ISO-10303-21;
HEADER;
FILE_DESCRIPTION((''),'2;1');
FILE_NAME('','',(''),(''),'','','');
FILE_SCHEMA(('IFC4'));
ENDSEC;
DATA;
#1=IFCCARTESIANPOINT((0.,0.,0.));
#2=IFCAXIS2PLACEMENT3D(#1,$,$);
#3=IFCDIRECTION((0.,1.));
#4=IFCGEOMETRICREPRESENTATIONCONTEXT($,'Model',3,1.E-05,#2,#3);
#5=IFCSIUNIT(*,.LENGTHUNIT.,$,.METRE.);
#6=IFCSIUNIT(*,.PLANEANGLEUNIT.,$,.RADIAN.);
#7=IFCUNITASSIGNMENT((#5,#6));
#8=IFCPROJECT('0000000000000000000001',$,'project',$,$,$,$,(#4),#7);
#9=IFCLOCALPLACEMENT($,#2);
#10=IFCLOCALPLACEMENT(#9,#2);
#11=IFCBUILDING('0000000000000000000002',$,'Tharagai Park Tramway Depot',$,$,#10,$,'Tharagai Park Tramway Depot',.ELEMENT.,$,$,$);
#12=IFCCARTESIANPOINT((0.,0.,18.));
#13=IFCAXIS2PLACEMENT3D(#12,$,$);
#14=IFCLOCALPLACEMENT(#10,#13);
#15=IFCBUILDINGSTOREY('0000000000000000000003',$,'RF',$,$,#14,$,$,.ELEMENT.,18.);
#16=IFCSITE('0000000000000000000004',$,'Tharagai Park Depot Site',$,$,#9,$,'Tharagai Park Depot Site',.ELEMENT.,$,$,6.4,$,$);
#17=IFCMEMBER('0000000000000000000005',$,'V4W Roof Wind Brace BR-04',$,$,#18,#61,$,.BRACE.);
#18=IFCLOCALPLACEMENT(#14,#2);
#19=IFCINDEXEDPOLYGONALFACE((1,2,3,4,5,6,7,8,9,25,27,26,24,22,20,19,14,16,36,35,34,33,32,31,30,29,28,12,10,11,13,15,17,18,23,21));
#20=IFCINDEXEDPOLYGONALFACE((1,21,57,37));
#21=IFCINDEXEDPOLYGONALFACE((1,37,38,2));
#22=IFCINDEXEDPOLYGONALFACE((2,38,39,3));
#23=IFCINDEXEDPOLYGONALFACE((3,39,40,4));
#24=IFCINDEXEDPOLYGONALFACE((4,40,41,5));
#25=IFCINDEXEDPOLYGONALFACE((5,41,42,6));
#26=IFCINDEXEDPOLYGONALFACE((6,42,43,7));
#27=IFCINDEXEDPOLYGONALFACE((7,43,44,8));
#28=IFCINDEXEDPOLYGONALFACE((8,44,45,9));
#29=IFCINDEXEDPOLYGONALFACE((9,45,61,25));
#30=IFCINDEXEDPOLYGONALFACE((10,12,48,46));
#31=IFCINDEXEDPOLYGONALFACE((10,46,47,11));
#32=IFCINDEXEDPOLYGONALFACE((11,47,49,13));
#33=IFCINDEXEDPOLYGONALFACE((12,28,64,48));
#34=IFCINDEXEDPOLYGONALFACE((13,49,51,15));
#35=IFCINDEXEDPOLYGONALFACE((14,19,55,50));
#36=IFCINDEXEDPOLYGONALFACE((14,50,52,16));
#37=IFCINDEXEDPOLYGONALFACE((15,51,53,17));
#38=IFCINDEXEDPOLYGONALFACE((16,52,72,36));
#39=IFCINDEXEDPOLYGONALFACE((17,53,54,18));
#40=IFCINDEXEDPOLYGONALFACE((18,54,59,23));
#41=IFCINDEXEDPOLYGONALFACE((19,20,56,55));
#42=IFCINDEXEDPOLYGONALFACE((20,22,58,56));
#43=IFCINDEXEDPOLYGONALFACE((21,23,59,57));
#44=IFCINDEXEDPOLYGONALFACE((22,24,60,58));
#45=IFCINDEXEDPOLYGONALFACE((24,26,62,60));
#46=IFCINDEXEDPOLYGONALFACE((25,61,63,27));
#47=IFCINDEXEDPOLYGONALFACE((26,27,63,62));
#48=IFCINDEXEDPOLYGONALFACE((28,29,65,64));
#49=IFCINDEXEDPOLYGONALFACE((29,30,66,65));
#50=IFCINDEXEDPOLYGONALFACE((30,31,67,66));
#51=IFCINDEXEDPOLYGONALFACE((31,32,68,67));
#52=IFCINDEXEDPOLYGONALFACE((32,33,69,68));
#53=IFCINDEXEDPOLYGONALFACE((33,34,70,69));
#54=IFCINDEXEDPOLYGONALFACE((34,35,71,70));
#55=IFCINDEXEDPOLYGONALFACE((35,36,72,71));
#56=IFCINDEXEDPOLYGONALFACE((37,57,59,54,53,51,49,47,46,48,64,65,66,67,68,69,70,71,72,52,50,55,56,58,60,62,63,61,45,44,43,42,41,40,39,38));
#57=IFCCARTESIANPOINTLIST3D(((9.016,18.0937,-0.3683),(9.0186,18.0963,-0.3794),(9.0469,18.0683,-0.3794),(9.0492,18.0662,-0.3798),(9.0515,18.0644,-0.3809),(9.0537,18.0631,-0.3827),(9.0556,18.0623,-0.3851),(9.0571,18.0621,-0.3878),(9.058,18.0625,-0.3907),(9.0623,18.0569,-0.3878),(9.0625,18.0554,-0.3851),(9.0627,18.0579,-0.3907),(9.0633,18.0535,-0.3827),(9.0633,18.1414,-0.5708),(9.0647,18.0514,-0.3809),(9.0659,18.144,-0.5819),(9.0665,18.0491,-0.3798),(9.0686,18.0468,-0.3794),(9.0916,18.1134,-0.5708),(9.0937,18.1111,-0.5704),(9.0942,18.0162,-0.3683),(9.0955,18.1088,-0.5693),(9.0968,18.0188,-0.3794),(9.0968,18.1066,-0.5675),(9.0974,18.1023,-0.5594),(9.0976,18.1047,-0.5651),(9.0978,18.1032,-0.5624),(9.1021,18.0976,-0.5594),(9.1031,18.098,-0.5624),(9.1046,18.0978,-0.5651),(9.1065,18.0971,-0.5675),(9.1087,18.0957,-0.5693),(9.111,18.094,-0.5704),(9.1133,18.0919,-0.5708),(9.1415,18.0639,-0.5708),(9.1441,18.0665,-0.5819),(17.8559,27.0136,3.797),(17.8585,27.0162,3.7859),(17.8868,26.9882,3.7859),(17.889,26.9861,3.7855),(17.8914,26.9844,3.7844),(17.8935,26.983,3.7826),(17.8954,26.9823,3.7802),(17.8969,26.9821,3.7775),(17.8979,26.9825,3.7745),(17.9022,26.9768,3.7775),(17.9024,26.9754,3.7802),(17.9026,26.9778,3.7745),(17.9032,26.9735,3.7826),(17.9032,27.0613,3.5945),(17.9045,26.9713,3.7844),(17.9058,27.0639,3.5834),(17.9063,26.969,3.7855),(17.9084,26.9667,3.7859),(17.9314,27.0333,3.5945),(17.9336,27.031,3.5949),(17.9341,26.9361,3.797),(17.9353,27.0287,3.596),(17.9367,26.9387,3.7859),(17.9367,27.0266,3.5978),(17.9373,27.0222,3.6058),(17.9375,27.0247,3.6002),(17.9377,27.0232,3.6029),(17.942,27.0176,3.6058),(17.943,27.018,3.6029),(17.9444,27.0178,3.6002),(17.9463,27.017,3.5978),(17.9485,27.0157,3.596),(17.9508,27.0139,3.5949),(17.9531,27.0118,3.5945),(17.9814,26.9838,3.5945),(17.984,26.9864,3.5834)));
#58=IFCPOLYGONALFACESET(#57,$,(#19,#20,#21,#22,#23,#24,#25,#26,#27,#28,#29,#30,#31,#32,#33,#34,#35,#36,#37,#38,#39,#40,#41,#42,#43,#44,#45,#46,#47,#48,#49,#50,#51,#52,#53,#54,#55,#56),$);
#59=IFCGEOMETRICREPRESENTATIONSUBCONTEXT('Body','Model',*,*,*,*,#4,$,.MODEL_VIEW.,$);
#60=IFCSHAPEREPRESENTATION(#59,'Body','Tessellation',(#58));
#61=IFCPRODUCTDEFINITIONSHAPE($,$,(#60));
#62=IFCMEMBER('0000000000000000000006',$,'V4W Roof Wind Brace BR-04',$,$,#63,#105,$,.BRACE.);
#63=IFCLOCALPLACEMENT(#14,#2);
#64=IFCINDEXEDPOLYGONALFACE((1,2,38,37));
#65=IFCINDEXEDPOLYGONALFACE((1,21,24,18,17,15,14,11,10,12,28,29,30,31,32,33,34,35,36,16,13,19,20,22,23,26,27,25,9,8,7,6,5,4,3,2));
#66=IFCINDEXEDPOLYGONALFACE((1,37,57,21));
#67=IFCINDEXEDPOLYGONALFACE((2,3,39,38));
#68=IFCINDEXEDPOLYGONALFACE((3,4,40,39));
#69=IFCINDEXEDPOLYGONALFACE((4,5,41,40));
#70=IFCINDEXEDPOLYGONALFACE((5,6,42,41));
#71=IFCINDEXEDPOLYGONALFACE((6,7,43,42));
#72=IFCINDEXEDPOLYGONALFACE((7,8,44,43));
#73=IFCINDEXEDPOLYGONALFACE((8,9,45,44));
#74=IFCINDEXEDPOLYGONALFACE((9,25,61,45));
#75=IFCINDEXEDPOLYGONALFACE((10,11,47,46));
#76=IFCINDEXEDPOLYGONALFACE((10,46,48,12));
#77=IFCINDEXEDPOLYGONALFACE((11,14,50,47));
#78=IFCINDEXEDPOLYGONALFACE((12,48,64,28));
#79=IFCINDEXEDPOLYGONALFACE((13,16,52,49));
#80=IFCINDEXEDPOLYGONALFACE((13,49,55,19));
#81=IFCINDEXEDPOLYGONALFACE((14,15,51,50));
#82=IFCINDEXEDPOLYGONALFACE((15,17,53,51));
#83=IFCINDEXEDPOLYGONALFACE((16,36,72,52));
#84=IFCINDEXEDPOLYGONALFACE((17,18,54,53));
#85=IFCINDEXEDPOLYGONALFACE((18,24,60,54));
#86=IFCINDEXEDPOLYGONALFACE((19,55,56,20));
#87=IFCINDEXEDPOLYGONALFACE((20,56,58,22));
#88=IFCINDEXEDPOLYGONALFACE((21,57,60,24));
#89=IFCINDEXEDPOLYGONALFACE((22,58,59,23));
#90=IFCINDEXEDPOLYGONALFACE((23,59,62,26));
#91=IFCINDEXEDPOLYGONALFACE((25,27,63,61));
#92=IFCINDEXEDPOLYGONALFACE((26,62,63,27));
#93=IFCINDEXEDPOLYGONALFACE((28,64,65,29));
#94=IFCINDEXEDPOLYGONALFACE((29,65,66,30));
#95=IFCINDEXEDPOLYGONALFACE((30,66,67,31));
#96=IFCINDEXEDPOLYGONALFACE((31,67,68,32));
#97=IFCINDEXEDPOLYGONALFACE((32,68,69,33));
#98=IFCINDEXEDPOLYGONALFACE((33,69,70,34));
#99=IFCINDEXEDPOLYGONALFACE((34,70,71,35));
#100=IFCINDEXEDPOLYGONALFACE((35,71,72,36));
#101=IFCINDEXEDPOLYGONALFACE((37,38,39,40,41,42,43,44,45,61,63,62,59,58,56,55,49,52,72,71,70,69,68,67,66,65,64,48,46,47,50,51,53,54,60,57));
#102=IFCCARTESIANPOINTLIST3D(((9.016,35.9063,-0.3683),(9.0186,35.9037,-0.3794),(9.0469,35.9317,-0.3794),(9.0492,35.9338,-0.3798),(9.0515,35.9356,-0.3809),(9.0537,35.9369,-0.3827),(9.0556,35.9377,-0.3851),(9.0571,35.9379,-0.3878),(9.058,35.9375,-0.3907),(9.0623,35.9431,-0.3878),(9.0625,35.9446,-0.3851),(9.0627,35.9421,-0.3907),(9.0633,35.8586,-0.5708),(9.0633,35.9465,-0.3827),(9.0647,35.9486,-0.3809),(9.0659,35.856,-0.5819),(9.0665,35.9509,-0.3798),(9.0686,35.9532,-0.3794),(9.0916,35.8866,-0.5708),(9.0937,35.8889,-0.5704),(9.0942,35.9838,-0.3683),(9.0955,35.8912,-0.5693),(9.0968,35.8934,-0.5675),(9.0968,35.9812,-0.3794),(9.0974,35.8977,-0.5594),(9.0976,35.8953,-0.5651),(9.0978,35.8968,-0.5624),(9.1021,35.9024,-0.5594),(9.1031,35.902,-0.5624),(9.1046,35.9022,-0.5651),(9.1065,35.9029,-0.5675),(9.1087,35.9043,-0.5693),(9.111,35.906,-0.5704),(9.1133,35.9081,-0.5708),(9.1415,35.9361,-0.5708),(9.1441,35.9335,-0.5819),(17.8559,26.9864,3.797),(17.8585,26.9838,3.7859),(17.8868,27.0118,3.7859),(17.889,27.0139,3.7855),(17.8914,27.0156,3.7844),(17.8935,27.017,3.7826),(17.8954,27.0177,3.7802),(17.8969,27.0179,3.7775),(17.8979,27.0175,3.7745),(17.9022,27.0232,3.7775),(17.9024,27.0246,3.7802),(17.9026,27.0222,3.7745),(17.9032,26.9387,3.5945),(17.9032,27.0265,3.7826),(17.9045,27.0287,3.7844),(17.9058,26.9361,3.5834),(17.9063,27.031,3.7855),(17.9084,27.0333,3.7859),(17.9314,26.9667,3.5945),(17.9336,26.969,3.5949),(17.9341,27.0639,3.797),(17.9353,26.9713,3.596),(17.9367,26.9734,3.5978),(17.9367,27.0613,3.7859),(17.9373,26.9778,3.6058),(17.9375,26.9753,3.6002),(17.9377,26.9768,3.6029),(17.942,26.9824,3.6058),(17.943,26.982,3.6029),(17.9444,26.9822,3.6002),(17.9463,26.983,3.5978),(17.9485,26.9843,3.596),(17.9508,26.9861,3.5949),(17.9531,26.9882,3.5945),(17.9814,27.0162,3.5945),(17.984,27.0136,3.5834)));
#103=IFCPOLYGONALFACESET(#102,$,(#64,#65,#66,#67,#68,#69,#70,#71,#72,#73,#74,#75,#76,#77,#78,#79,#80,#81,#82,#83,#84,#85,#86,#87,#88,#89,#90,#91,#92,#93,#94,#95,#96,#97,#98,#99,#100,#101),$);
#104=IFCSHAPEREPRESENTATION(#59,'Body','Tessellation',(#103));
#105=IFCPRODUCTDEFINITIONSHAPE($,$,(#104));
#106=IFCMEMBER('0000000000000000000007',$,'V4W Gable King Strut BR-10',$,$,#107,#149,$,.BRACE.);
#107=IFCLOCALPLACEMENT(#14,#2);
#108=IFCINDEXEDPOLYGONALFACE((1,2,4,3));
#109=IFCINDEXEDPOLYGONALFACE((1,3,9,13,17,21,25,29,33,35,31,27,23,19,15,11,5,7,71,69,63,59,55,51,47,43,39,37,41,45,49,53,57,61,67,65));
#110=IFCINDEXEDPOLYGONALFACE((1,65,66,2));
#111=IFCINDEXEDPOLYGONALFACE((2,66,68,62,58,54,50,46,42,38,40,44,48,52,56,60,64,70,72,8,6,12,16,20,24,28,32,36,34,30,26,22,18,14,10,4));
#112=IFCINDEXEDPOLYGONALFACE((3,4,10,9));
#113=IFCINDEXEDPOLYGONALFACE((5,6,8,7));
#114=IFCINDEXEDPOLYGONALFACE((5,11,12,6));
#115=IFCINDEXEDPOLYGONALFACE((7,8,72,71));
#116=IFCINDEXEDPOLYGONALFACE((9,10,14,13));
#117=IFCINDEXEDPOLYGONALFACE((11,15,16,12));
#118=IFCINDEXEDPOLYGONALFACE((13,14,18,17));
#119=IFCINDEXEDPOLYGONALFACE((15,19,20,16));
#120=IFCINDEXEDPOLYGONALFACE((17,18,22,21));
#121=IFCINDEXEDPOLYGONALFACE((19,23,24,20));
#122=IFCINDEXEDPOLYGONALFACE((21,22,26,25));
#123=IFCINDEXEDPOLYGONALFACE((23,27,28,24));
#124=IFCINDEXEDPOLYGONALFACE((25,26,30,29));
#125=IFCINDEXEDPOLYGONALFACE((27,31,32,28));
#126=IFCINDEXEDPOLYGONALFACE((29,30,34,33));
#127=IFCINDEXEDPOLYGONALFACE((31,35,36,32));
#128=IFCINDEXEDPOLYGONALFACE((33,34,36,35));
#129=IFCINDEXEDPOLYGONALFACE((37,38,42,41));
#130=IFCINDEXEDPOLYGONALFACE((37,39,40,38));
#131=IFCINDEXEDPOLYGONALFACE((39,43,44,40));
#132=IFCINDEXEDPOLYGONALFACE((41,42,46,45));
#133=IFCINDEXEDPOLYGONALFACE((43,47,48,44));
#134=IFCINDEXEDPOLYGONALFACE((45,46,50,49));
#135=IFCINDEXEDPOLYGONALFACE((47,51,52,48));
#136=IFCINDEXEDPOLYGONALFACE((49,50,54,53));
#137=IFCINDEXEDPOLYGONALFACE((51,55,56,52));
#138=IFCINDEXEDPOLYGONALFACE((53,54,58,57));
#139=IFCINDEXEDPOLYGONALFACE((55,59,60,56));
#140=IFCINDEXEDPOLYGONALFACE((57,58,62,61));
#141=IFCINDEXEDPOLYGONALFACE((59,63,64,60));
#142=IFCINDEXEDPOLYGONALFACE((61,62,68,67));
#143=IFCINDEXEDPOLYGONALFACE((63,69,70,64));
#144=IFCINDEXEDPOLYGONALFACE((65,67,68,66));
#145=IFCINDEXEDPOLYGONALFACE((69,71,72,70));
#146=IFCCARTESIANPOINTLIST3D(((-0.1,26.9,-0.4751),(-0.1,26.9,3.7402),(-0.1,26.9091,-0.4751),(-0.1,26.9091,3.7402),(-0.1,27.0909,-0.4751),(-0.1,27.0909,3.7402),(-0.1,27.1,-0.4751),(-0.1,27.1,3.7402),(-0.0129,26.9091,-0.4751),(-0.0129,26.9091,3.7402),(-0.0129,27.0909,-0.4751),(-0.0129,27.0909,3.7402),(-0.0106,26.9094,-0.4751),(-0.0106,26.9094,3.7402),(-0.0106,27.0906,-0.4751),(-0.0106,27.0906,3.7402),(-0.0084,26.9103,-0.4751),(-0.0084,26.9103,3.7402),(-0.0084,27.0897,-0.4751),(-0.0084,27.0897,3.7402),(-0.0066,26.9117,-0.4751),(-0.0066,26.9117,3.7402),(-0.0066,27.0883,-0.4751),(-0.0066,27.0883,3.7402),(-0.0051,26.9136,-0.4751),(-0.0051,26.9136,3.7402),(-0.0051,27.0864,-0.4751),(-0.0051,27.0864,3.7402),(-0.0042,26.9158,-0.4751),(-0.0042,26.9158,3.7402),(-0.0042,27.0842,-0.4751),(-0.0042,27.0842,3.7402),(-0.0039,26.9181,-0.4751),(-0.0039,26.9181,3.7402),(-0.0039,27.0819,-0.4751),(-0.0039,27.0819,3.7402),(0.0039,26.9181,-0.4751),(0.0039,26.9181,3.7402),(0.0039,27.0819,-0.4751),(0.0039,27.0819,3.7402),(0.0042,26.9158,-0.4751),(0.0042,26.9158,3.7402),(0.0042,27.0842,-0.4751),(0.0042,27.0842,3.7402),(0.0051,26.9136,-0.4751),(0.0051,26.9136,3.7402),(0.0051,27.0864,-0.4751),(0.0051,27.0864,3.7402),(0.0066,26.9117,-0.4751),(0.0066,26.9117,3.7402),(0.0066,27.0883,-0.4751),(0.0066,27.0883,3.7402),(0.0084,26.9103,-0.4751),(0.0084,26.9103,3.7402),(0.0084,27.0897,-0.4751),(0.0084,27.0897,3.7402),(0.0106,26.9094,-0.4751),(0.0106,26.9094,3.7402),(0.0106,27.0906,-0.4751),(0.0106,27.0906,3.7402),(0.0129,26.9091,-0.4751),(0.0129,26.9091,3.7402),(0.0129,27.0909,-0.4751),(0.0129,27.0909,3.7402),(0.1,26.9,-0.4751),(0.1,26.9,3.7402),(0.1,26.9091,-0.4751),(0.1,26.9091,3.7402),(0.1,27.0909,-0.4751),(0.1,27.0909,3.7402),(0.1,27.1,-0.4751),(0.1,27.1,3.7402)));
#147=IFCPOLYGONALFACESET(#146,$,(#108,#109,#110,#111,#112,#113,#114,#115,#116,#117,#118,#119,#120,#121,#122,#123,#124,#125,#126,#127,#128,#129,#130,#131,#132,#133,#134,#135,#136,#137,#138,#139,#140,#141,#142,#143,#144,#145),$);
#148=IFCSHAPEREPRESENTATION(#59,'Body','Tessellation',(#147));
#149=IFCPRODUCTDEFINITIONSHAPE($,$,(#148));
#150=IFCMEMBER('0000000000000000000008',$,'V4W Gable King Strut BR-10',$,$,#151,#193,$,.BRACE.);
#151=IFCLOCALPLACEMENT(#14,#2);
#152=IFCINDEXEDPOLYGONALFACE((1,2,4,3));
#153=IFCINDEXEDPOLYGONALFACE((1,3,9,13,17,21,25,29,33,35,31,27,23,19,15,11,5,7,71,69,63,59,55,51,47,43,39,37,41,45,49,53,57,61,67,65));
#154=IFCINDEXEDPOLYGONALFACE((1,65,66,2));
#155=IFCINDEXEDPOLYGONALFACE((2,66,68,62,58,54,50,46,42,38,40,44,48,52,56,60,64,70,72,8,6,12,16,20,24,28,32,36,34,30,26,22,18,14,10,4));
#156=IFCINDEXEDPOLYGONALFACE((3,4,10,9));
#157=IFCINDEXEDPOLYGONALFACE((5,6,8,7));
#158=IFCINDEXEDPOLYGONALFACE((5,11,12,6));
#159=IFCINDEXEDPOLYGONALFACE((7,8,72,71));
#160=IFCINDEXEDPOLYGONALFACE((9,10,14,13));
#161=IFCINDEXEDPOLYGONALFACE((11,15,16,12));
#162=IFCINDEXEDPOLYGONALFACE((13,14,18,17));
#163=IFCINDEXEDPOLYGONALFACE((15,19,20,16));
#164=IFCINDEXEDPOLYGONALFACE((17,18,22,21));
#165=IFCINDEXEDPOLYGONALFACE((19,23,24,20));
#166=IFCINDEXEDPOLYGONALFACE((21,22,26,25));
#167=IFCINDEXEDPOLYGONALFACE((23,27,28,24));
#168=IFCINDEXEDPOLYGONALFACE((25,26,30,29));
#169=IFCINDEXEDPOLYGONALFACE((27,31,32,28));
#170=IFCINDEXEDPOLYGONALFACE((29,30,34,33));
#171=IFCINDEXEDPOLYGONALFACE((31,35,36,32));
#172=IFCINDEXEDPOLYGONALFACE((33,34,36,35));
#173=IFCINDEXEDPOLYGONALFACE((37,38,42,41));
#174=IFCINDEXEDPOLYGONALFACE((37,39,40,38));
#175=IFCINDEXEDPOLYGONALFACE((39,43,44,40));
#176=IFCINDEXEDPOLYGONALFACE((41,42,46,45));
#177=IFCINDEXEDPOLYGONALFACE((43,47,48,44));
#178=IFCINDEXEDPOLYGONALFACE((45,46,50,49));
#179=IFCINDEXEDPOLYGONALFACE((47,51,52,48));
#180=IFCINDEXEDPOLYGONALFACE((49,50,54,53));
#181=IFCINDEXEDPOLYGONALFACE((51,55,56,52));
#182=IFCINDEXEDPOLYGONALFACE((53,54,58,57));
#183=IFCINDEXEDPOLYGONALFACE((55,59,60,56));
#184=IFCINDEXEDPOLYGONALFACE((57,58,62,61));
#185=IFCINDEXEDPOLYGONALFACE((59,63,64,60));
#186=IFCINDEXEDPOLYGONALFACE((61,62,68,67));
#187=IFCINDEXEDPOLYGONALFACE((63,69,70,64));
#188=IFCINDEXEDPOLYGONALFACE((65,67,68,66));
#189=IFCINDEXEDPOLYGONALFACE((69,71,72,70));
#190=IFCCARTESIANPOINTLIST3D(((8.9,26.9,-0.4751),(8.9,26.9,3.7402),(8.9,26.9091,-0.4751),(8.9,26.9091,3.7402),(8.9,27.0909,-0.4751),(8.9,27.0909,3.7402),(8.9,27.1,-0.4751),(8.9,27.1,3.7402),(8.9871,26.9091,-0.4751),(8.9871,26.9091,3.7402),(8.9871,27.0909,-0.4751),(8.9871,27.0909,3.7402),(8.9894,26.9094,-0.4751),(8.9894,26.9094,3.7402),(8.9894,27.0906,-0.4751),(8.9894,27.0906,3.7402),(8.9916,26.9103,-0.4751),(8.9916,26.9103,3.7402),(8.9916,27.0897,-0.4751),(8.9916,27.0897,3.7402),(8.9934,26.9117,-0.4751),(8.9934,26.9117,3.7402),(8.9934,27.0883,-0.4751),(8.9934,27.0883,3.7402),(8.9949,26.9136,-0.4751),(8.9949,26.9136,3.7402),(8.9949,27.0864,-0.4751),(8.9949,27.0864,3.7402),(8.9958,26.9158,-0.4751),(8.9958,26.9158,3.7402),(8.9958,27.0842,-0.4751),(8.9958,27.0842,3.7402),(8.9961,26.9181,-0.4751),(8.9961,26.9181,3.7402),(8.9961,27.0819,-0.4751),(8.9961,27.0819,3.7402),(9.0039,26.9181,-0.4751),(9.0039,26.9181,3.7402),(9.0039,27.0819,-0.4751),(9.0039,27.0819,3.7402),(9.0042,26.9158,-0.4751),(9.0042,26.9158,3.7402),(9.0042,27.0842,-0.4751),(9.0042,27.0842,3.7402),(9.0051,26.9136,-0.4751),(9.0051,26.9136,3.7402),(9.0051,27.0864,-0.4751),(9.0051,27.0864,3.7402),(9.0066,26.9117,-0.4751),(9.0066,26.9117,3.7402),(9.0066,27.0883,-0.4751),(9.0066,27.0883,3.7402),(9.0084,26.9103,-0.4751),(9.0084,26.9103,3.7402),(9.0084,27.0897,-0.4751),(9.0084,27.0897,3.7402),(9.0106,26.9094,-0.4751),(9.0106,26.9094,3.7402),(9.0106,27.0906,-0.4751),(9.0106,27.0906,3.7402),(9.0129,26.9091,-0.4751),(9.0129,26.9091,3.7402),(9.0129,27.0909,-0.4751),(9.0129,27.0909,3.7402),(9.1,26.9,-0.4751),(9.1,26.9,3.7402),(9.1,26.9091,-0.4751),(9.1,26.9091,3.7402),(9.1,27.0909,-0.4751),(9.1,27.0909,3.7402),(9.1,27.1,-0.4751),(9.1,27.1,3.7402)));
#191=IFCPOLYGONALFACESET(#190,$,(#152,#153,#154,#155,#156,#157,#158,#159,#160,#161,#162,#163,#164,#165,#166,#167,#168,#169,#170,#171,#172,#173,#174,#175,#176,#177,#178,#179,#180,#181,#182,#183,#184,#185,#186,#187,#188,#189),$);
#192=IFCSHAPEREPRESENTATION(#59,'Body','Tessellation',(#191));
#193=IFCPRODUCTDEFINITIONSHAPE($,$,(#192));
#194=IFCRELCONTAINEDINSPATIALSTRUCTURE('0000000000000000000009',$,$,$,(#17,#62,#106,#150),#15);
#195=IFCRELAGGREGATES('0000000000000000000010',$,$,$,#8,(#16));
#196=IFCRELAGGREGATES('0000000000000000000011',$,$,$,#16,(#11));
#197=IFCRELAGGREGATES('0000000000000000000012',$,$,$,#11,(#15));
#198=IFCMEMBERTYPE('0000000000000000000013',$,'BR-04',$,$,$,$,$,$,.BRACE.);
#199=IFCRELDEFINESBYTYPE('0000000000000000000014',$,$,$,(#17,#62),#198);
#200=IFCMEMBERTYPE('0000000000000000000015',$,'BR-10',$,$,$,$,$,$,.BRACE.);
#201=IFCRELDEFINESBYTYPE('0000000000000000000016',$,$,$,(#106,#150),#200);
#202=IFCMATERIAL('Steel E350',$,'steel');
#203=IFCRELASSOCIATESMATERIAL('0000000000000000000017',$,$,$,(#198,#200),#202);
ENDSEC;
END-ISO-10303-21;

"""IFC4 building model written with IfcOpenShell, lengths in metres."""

from ifc_helpers import new_model, si_unit, direction, frame, origin, origin_2d, place, context, subcontext, project, spatial, i_section, extrude, material, material_profile, profile_set, type_object, element, save


model = new_model("IFC4")

# Units and contexts
model_context = context("Model", 3, precision=1e-05, world=origin(), true_north=direction((0.0, 1.0)))
body_context = subcontext(model_context, "Body", "Model", "MODEL_VIEW")
ifc_project = project(units=[si_unit("LENGTHUNIT", "METRE"), si_unit("PLANEANGLEUNIT", "RADIAN")], contexts=[model_context])

# Site, building, storey
site_placement = place(None, origin())
site = spatial("IfcSite", under=ifc_project, at=site_placement, Name="Tharagai Park Depot Site", LongName="Tharagai Park Depot Site", CompositionType="ELEMENT", RefElevation=6.4)
building_placement = place(site_placement, origin())
building = spatial("IfcBuilding", under=site, at=building_placement, Name="Tharagai Park Tramway Depot", LongName="Tharagai Park Tramway Depot", CompositionType="ELEMENT")
storey_placement = place(building_placement, frame((0.0, 0.0, 18.0)))
storey = spatial("IfcBuildingStorey", under=building, at=storey_placement, Name="RF", CompositionType="ELEMENT", Elevation=18.0)

# Shared definitions
ifc_material_1 = material(Name="Steel E350", Category="steel")

# Members
ifc_material_profile_1 = material_profile(ifc_material_1, i_section(OverallWidth=0.1101, OverallDepth=0.2251, WebThickness=0.0066, FlangeThickness=0.0117, FilletRadius=0.012, at=origin_2d()), Name="ISMB 225")
ifc_profile_set_1 = profile_set([ifc_material_profile_1], Name="Steel E350")
member_type_1 = type_object("IfcMemberType", Name="BR-04", PredefinedType="BRACE", material=ifc_profile_set_1)
for number, where, z_axis, x_axis, name in (
    (1, (9.0801, 18.0801, -0.4751), (0.66812, 0.674172, 0.314814), (-0.710288, 0.703911, 0.0), "V4W Roof Wind Brace BR-04"),
    (2, (9.0801, 35.9199, -0.4751), (0.66812, -0.674172, 0.314814), (0.710288, 0.703911, 0.0), "V4W Roof Wind Brace BR-04"),
):
    element("IfcMember", number, at=place(storey_placement, frame(where, z_axis=z_axis, x_axis=x_axis)), inside=storey, type_object=member_type_1, Name=name, PredefinedType="BRACE", context=body_context, shape_type="SweptSolid", body=[
        extrude(i_section(OverallWidth=0.1101, OverallDepth=0.2251, WebThickness=0.0066, FlangeThickness=0.0117, FilletRadius=0.012, at=origin_2d()), origin(), (0.0, 0.0, 1.0), 13.231),
    ])
ifc_material_profile_2 = material_profile(ifc_material_1, i_section(OverallWidth=0.2, OverallDepth=0.2, WebThickness=0.0078, FlangeThickness=0.009, FilletRadius=0.009, at=origin_2d()), Name="ISHB 200")
ifc_profile_set_2 = profile_set([ifc_material_profile_2], Name="Steel E350")
member_type_2 = type_object("IfcMemberType", Name="BR-10", PredefinedType="BRACE", material=ifc_profile_set_2)
for number, where, z_axis, x_axis, name in (
    (3, (0.0, 27.0, -0.4751), (0.0, 0.0, 1.0), (1.0, 0.0, 0.0), "V4W Gable King Strut BR-10"),
    (4, (9.0, 27.0, -0.4751), (0.0, 0.0, 1.0), (1.0, 0.0, 0.0), "V4W Gable King Strut BR-10"),
):
    element("IfcMember", number, at=place(storey_placement, frame(where, z_axis=z_axis, x_axis=x_axis)), inside=storey, type_object=member_type_2, Name=name, PredefinedType="BRACE", context=body_context, shape_type="SweptSolid", body=[
        extrude(i_section(OverallWidth=0.2, OverallDepth=0.2, WebThickness=0.0078, FlangeThickness=0.009, FilletRadius=0.009, at=origin_2d()), origin(), (0.0, 0.0, 1.0), 4.2153),
    ])

save(model, "model.ifc")
